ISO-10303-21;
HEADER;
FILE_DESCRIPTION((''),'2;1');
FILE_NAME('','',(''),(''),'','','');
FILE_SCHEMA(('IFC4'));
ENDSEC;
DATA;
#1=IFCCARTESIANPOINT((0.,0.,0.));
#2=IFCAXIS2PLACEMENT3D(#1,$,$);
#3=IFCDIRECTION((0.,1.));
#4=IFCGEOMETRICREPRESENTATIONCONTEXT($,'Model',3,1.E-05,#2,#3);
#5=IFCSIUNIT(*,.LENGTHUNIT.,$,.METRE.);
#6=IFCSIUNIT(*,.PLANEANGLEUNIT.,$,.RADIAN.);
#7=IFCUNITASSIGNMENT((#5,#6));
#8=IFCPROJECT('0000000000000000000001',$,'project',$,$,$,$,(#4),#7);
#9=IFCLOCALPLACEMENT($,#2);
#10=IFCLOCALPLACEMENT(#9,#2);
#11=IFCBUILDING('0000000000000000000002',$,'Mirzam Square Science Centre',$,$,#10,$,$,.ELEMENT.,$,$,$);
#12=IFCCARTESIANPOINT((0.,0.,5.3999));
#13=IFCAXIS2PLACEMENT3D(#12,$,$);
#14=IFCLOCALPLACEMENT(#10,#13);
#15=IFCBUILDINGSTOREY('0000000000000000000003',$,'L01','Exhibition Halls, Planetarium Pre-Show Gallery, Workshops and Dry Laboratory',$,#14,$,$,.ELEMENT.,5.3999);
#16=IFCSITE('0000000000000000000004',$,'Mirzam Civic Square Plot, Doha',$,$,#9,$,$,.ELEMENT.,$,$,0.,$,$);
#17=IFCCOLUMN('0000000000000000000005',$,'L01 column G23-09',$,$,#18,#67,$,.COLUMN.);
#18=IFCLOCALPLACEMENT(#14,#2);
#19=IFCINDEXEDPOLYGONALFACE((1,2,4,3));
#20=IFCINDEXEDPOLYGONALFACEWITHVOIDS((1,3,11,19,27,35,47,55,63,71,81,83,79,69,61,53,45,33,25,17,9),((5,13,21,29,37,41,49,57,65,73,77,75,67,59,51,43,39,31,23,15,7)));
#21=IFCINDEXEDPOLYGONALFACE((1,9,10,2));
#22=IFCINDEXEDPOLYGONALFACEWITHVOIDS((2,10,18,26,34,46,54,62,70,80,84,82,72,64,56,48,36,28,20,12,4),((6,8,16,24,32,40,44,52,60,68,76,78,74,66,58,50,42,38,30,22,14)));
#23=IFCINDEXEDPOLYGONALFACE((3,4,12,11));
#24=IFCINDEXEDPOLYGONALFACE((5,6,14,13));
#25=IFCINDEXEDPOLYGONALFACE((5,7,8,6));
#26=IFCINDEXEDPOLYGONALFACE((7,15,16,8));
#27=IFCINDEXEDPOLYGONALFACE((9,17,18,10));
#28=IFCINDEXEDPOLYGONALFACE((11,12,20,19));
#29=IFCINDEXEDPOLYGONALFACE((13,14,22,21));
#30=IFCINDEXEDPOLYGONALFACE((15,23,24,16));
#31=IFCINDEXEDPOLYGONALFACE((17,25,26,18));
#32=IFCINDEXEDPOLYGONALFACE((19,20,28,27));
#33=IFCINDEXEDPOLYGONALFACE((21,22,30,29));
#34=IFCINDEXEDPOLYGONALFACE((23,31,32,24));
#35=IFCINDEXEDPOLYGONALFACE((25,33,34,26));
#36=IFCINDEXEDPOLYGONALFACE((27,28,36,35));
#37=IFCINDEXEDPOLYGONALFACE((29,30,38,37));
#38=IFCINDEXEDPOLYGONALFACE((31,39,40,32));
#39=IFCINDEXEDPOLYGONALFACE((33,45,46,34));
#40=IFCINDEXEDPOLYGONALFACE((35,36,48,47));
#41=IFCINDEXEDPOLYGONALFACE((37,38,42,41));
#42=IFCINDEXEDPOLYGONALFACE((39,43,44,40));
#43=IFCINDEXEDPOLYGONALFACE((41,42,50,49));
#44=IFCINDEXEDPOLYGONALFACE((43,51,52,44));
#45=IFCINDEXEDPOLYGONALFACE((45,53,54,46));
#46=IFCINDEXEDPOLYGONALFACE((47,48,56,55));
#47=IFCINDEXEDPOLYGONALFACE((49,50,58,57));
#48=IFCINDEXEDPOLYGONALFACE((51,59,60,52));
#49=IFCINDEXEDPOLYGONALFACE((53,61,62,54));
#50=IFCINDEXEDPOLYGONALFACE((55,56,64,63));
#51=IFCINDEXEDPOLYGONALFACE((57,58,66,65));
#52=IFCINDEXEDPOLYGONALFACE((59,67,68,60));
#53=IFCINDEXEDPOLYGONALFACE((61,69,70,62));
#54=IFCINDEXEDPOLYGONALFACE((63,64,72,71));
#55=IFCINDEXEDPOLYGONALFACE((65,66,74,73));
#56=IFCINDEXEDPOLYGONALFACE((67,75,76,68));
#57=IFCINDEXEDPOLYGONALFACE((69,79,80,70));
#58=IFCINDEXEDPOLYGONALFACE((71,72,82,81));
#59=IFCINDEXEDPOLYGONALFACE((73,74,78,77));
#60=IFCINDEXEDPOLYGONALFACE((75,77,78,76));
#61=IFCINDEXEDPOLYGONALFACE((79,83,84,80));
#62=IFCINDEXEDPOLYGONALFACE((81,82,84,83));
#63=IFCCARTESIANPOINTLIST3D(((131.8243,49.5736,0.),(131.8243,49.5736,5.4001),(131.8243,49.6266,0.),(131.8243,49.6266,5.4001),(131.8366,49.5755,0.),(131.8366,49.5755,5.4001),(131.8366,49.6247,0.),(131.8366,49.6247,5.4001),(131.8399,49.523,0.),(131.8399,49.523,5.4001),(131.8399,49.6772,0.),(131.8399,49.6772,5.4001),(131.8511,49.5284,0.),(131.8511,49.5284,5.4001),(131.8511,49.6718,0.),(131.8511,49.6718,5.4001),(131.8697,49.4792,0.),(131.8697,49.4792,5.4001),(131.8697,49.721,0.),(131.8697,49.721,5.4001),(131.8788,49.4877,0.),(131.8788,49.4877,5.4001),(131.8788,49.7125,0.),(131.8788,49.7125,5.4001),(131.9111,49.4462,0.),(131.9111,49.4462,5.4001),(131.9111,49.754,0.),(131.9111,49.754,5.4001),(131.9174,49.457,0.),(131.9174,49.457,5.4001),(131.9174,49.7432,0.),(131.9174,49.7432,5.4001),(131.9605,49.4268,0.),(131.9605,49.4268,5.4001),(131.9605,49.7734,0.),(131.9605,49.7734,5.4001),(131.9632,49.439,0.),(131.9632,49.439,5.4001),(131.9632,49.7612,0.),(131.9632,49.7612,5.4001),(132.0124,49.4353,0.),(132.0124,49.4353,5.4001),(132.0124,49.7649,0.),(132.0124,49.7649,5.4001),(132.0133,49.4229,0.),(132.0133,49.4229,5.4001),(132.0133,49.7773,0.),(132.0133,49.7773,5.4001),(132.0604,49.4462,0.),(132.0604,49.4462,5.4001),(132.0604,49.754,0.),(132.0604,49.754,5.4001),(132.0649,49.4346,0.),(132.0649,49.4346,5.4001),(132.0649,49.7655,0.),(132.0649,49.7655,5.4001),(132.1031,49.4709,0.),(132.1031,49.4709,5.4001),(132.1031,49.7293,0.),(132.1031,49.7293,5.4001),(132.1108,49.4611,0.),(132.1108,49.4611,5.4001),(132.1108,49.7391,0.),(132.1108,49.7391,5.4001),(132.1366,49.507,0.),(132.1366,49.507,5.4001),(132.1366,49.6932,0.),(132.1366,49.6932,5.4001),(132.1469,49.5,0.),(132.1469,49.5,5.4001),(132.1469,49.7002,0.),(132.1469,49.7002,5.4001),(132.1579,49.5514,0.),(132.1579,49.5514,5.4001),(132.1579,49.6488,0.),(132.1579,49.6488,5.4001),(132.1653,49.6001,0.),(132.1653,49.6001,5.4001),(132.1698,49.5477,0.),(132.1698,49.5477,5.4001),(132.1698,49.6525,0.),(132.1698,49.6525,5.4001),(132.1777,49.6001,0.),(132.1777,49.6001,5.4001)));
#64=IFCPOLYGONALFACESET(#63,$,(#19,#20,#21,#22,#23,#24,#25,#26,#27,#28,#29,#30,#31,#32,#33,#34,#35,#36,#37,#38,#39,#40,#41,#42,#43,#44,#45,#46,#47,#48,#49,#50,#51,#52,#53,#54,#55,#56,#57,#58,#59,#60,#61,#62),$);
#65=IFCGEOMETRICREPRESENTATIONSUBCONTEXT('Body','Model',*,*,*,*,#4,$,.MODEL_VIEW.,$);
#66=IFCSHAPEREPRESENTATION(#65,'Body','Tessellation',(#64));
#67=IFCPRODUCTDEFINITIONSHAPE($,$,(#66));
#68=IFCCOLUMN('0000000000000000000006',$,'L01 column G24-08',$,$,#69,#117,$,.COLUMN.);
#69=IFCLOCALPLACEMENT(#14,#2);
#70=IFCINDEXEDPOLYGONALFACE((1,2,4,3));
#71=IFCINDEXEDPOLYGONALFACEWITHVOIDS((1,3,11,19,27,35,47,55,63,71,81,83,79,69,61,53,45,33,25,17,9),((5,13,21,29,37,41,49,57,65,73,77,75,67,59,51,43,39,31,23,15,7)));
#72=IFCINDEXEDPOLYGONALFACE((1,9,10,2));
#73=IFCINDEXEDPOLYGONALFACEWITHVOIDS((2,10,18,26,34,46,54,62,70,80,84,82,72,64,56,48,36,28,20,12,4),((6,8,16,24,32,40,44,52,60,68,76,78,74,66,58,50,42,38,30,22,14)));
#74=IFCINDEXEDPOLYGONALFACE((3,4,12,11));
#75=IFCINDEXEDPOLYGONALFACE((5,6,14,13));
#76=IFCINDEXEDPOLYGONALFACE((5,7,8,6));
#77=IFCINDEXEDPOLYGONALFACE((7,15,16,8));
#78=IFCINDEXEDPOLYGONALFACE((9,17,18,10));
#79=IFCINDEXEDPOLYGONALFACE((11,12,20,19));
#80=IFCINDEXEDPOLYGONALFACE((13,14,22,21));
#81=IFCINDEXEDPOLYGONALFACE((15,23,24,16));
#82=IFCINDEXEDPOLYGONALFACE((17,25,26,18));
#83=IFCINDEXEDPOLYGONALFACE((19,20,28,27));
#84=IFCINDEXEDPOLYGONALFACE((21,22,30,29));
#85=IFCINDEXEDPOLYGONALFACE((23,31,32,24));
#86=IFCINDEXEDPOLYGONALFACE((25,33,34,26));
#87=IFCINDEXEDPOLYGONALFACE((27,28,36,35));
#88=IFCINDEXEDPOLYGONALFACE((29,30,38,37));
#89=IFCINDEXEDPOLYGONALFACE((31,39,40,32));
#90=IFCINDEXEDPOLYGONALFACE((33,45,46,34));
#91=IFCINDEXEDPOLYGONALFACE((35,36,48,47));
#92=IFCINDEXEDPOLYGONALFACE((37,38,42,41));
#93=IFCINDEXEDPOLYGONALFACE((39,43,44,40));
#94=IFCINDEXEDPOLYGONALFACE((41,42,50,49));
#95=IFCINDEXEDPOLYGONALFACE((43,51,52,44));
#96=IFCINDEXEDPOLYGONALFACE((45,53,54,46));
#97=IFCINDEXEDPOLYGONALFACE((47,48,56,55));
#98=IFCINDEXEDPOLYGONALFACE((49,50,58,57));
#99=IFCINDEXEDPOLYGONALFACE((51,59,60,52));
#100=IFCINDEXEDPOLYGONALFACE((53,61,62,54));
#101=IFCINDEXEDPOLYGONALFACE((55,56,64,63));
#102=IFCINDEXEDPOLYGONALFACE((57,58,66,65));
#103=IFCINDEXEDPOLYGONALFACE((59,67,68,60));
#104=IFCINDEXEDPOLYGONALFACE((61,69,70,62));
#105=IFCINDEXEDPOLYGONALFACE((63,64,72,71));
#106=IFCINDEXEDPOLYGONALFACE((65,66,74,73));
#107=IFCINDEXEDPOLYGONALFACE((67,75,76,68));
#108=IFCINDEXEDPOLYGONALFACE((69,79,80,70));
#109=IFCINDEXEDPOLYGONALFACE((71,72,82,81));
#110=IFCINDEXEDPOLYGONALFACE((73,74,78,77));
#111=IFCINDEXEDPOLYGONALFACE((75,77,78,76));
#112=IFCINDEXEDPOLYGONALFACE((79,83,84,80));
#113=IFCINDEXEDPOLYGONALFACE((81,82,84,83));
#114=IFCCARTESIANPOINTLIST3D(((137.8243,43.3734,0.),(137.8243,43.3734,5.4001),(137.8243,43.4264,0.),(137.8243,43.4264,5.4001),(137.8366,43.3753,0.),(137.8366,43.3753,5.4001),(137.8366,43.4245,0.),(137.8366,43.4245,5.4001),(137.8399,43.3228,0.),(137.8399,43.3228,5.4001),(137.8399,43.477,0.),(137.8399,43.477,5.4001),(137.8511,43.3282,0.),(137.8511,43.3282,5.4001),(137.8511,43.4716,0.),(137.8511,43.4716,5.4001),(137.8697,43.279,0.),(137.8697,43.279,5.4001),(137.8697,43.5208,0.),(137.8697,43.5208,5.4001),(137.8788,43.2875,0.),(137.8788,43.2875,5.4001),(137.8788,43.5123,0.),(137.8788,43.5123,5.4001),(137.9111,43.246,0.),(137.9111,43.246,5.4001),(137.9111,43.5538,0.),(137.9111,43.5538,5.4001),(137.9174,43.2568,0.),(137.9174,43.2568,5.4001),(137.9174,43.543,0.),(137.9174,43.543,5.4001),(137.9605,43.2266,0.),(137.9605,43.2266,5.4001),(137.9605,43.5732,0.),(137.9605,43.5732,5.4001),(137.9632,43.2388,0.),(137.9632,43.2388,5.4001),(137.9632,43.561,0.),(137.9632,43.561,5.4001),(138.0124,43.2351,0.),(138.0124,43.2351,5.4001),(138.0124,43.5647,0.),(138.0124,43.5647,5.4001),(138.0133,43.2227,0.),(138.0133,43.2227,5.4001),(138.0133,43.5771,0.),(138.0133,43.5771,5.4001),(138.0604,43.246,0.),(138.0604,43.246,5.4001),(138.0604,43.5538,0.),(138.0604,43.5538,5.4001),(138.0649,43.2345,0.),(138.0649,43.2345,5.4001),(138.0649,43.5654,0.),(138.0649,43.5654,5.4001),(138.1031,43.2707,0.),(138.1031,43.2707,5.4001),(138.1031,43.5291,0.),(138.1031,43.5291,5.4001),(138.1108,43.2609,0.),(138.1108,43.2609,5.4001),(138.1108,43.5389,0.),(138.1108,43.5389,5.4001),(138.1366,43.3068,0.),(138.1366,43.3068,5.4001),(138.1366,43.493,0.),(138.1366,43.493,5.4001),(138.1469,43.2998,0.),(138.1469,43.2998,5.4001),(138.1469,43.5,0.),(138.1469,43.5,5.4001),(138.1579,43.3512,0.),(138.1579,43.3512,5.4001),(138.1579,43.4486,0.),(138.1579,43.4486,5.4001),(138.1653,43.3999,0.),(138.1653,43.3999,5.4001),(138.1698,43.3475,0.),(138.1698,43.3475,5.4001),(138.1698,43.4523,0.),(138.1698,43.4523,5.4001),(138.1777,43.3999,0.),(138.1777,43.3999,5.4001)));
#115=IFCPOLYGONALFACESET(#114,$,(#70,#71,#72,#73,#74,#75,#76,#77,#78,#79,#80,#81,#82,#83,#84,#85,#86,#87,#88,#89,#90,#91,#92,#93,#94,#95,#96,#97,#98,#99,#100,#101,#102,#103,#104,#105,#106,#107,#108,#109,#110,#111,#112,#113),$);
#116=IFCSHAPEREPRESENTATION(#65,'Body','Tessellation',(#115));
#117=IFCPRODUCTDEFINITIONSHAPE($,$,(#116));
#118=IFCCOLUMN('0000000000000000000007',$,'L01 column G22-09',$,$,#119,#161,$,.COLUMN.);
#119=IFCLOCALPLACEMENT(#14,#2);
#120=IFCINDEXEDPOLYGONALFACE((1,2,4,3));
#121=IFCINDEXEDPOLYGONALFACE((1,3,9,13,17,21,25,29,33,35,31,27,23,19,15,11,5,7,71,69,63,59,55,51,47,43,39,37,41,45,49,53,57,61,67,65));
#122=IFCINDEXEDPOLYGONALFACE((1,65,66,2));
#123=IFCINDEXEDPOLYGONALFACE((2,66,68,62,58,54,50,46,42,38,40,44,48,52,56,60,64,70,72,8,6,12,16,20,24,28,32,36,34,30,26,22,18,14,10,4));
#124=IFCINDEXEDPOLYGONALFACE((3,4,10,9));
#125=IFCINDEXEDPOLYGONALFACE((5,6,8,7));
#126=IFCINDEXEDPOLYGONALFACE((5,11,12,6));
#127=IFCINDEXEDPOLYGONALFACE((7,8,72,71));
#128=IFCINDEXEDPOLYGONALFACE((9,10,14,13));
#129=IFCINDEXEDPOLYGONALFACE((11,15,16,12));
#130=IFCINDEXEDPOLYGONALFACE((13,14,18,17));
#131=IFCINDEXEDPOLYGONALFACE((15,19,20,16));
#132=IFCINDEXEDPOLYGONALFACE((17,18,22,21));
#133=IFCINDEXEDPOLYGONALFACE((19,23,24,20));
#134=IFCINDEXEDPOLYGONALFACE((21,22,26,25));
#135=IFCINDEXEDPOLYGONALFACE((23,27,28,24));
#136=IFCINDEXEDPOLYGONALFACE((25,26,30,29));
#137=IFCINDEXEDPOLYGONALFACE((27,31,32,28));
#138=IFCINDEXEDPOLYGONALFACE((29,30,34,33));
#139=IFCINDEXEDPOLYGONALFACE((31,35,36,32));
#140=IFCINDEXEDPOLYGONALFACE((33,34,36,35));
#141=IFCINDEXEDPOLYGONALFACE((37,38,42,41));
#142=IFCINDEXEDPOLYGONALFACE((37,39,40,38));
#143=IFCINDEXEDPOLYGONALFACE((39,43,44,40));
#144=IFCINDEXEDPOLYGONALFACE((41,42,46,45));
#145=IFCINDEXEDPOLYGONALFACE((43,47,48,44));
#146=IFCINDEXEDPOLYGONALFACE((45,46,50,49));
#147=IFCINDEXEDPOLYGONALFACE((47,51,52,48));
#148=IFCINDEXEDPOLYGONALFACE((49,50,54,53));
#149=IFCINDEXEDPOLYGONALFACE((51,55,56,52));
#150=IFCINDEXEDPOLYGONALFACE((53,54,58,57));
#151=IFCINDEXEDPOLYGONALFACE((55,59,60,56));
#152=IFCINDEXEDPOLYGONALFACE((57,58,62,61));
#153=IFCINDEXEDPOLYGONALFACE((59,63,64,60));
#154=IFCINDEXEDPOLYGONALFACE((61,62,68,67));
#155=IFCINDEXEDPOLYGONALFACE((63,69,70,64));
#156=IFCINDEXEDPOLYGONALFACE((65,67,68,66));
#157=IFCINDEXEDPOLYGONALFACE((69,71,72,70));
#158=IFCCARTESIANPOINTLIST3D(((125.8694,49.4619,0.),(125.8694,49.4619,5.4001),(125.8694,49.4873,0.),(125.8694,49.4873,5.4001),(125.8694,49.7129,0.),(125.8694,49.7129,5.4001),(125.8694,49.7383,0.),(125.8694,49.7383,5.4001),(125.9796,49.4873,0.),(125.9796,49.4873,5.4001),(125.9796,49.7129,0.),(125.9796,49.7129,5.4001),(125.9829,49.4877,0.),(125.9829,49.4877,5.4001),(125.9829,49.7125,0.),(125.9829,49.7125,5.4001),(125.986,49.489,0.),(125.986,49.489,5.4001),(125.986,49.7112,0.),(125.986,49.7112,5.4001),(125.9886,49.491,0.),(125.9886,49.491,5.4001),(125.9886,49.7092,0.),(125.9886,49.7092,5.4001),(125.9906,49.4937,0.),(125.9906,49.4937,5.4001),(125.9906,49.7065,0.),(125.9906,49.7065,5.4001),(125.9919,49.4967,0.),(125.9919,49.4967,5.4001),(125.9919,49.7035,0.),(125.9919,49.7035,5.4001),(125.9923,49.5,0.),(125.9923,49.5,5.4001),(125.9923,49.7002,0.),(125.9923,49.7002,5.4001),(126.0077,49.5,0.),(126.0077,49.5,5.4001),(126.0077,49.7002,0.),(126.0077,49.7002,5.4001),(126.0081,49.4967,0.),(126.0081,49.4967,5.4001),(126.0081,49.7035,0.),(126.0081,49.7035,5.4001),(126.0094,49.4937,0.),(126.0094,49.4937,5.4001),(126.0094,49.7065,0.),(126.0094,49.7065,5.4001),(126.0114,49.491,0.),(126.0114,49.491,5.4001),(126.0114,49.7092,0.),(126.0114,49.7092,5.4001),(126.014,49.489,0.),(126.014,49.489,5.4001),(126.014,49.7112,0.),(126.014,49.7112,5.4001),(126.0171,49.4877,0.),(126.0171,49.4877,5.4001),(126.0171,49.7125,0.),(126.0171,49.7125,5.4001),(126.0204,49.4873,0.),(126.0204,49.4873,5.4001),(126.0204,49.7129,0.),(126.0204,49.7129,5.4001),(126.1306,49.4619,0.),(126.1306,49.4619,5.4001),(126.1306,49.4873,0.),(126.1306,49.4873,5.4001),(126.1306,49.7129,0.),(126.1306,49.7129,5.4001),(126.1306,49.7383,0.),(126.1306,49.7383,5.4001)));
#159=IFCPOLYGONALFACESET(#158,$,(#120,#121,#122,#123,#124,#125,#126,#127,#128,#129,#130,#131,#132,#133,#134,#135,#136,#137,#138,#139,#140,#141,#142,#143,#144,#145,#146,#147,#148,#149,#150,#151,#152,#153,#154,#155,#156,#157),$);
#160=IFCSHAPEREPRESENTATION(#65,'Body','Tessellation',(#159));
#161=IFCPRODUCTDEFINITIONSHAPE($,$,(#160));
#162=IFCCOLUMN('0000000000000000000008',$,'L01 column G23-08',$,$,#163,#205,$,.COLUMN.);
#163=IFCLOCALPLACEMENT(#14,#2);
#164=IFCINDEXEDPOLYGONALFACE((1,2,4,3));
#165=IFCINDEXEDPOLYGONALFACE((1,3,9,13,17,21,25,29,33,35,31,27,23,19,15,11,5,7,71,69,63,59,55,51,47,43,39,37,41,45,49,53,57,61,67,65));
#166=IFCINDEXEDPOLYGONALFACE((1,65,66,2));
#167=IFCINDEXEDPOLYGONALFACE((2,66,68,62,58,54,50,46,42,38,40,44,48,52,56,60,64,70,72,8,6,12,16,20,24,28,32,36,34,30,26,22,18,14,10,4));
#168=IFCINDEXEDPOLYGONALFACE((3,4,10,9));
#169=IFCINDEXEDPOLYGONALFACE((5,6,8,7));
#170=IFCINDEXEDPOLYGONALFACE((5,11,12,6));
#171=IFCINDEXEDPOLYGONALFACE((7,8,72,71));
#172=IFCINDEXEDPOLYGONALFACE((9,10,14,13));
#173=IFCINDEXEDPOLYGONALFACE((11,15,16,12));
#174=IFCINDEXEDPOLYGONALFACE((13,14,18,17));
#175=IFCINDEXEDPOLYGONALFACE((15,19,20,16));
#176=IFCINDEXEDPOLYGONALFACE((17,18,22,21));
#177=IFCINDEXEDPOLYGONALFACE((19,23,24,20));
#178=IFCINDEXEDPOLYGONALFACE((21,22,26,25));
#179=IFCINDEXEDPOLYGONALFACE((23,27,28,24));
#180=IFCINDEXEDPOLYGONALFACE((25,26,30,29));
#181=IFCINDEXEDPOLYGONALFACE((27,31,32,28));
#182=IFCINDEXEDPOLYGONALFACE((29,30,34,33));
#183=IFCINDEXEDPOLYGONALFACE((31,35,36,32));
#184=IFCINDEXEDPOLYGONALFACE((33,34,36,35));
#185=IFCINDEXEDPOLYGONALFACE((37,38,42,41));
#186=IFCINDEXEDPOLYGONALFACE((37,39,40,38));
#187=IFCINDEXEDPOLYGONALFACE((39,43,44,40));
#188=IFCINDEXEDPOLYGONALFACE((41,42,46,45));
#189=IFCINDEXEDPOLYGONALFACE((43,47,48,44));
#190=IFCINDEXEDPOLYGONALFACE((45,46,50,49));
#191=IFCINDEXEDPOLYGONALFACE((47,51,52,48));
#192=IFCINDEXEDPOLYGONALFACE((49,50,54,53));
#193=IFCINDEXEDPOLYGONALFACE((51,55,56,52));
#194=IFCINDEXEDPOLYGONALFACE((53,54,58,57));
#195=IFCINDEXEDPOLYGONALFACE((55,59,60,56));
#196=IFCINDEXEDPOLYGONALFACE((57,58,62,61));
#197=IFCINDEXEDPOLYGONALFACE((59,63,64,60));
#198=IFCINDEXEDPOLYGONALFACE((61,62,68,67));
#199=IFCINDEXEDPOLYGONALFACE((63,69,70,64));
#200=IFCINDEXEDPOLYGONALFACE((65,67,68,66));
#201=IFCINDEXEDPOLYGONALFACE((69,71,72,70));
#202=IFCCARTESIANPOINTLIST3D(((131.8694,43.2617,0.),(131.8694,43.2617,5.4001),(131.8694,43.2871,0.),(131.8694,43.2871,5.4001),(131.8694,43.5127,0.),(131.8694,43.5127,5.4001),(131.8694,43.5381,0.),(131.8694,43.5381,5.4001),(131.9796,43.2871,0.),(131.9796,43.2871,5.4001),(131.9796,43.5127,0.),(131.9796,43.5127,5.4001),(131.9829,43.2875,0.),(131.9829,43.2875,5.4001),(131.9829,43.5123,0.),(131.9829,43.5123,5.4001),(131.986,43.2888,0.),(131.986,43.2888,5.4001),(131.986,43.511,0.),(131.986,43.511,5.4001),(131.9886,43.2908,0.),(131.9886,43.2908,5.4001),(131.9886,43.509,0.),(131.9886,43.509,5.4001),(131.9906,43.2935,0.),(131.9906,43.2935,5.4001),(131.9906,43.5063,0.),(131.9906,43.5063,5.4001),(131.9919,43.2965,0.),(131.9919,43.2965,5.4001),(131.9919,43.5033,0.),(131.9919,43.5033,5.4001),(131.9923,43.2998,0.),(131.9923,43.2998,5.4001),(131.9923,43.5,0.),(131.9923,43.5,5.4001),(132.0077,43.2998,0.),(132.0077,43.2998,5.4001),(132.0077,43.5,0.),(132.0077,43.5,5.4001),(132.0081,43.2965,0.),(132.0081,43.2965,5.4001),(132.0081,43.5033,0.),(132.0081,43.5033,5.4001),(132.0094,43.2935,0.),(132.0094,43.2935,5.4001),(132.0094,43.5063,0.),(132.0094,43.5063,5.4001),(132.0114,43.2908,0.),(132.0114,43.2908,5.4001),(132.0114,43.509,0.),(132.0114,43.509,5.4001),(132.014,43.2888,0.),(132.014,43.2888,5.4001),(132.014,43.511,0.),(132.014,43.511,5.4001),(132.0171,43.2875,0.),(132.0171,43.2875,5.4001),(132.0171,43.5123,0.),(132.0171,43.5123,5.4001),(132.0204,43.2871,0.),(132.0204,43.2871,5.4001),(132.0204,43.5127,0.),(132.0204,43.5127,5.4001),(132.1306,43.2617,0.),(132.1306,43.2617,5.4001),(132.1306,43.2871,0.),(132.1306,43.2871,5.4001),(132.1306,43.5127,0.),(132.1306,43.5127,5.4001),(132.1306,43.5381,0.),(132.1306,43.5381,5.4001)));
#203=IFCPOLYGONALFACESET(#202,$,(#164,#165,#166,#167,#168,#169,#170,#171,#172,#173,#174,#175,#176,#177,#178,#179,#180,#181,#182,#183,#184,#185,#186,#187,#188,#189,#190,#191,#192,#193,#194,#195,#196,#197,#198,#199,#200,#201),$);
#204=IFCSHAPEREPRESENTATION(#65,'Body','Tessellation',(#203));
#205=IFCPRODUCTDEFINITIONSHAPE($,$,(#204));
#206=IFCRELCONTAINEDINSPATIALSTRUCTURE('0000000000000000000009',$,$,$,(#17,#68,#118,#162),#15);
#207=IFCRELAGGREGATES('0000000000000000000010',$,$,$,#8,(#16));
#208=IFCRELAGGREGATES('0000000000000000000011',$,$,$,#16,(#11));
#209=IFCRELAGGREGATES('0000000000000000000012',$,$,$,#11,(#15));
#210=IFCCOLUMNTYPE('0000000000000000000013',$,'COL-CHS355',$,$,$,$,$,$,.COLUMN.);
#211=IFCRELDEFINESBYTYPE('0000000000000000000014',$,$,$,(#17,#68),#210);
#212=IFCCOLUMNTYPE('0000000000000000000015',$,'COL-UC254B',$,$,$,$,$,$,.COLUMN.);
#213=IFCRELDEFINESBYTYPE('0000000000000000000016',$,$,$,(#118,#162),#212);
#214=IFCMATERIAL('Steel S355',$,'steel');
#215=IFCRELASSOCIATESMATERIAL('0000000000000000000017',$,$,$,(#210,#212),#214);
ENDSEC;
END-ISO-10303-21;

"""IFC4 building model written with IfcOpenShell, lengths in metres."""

from ifc_helpers import new_model, si_unit, direction, frame, origin, origin_2d, place, context, subcontext, project, spatial, hollow_circle, i_section, extrude, material, material_profile, profile_set, type_object, element, save


model = new_model("IFC4")

# Units and contexts
model_context = context("Model", 3, precision=1e-05, world=origin(), true_north=direction((0.0, 1.0)))
body_context = subcontext(model_context, "Body", "Model", "MODEL_VIEW")
ifc_project = project(units=[si_unit("LENGTHUNIT", "METRE"), si_unit("PLANEANGLEUNIT", "RADIAN")], contexts=[model_context])

# Site, building, storey
site_placement = place(None, origin())
site = spatial("IfcSite", under=ifc_project, at=site_placement, Name="Mirzam Civic Square Plot, Doha", CompositionType="ELEMENT", RefElevation=0.0)
building_placement = place(site_placement, origin())
building = spatial("IfcBuilding", under=site, at=building_placement, Name="Mirzam Square Science Centre", CompositionType="ELEMENT")
storey_placement = place(building_placement, frame((0.0, 0.0, 5.3999)))
storey = spatial("IfcBuildingStorey", under=building, at=storey_placement, Name="L01", Description="Exhibition Halls, Planetarium Pre-Show Gallery, Workshops and Dry Laboratory", CompositionType="ELEMENT", Elevation=5.3999)

# Columns
ifc_material_1 = material(Name="Steel S355", Category="steel")
ifc_material_profile_1 = material_profile(ifc_material_1, hollow_circle(Radius=0.1777, WallThickness=0.0125, at=origin_2d()), Name="355.6x12.5CHS")
ifc_profile_set_1 = profile_set([ifc_material_profile_1], Name="Steel S355")
column_type_1 = type_object("IfcColumnType", Name="COL-CHS355", PredefinedType="COLUMN", material=ifc_profile_set_1)
for number, where, z_axis, x_axis, name in (
    (1, (132.0, 49.6001, 0.0), (0.0, 0.0, 1.0), (1.0, 0.0, 0.0), "L01 column G23-09"),
    (2, (138.0, 43.3999, 0.0), (0.0, 0.0, 1.0), (1.0, 0.0, 0.0), "L01 column G24-08"),
):
    element("IfcColumn", number, at=place(storey_placement, frame(where, z_axis=z_axis, x_axis=x_axis)), inside=storey, type_object=column_type_1, Name=name, PredefinedType="COLUMN", context=body_context, shape_type="SweptSolid", body=[
        extrude(hollow_circle(Radius=0.1777, WallThickness=0.0125, at=origin_2d()), origin(), (0.0, 0.0, 1.0), 5.4001),
    ])
ifc_material_profile_2 = material_profile(ifc_material_1, i_section(OverallWidth=0.2612, OverallDepth=0.2764, WebThickness=0.0154, FlangeThickness=0.0254, FilletRadius=0.0127, at=origin_2d()), Name="254x254x132UC")
ifc_profile_set_2 = profile_set([ifc_material_profile_2], Name="Steel S355")
column_type_2 = type_object("IfcColumnType", Name="COL-UC254B", PredefinedType="COLUMN", material=ifc_profile_set_2)
for number, where, z_axis, x_axis, name in (
    (3, (126.0, 49.6001, 0.0), (0.0, 0.0, 1.0), (1.0, 0.0, 0.0), "L01 column G22-09"),
    (4, (132.0, 43.3999, 0.0), (0.0, 0.0, 1.0), (1.0, 0.0, 0.0), "L01 column G23-08"),
):
    element("IfcColumn", number, at=place(storey_placement, frame(where, z_axis=z_axis, x_axis=x_axis)), inside=storey, type_object=column_type_2, Name=name, PredefinedType="COLUMN", context=body_context, shape_type="SweptSolid", body=[
        extrude(i_section(OverallWidth=0.2612, OverallDepth=0.2764, WebThickness=0.0154, FlangeThickness=0.0254, FilletRadius=0.0127, at=origin_2d()), origin(), (0.0, 0.0, 1.0), 5.4001),
    ])

save(model, "model.ifc")
